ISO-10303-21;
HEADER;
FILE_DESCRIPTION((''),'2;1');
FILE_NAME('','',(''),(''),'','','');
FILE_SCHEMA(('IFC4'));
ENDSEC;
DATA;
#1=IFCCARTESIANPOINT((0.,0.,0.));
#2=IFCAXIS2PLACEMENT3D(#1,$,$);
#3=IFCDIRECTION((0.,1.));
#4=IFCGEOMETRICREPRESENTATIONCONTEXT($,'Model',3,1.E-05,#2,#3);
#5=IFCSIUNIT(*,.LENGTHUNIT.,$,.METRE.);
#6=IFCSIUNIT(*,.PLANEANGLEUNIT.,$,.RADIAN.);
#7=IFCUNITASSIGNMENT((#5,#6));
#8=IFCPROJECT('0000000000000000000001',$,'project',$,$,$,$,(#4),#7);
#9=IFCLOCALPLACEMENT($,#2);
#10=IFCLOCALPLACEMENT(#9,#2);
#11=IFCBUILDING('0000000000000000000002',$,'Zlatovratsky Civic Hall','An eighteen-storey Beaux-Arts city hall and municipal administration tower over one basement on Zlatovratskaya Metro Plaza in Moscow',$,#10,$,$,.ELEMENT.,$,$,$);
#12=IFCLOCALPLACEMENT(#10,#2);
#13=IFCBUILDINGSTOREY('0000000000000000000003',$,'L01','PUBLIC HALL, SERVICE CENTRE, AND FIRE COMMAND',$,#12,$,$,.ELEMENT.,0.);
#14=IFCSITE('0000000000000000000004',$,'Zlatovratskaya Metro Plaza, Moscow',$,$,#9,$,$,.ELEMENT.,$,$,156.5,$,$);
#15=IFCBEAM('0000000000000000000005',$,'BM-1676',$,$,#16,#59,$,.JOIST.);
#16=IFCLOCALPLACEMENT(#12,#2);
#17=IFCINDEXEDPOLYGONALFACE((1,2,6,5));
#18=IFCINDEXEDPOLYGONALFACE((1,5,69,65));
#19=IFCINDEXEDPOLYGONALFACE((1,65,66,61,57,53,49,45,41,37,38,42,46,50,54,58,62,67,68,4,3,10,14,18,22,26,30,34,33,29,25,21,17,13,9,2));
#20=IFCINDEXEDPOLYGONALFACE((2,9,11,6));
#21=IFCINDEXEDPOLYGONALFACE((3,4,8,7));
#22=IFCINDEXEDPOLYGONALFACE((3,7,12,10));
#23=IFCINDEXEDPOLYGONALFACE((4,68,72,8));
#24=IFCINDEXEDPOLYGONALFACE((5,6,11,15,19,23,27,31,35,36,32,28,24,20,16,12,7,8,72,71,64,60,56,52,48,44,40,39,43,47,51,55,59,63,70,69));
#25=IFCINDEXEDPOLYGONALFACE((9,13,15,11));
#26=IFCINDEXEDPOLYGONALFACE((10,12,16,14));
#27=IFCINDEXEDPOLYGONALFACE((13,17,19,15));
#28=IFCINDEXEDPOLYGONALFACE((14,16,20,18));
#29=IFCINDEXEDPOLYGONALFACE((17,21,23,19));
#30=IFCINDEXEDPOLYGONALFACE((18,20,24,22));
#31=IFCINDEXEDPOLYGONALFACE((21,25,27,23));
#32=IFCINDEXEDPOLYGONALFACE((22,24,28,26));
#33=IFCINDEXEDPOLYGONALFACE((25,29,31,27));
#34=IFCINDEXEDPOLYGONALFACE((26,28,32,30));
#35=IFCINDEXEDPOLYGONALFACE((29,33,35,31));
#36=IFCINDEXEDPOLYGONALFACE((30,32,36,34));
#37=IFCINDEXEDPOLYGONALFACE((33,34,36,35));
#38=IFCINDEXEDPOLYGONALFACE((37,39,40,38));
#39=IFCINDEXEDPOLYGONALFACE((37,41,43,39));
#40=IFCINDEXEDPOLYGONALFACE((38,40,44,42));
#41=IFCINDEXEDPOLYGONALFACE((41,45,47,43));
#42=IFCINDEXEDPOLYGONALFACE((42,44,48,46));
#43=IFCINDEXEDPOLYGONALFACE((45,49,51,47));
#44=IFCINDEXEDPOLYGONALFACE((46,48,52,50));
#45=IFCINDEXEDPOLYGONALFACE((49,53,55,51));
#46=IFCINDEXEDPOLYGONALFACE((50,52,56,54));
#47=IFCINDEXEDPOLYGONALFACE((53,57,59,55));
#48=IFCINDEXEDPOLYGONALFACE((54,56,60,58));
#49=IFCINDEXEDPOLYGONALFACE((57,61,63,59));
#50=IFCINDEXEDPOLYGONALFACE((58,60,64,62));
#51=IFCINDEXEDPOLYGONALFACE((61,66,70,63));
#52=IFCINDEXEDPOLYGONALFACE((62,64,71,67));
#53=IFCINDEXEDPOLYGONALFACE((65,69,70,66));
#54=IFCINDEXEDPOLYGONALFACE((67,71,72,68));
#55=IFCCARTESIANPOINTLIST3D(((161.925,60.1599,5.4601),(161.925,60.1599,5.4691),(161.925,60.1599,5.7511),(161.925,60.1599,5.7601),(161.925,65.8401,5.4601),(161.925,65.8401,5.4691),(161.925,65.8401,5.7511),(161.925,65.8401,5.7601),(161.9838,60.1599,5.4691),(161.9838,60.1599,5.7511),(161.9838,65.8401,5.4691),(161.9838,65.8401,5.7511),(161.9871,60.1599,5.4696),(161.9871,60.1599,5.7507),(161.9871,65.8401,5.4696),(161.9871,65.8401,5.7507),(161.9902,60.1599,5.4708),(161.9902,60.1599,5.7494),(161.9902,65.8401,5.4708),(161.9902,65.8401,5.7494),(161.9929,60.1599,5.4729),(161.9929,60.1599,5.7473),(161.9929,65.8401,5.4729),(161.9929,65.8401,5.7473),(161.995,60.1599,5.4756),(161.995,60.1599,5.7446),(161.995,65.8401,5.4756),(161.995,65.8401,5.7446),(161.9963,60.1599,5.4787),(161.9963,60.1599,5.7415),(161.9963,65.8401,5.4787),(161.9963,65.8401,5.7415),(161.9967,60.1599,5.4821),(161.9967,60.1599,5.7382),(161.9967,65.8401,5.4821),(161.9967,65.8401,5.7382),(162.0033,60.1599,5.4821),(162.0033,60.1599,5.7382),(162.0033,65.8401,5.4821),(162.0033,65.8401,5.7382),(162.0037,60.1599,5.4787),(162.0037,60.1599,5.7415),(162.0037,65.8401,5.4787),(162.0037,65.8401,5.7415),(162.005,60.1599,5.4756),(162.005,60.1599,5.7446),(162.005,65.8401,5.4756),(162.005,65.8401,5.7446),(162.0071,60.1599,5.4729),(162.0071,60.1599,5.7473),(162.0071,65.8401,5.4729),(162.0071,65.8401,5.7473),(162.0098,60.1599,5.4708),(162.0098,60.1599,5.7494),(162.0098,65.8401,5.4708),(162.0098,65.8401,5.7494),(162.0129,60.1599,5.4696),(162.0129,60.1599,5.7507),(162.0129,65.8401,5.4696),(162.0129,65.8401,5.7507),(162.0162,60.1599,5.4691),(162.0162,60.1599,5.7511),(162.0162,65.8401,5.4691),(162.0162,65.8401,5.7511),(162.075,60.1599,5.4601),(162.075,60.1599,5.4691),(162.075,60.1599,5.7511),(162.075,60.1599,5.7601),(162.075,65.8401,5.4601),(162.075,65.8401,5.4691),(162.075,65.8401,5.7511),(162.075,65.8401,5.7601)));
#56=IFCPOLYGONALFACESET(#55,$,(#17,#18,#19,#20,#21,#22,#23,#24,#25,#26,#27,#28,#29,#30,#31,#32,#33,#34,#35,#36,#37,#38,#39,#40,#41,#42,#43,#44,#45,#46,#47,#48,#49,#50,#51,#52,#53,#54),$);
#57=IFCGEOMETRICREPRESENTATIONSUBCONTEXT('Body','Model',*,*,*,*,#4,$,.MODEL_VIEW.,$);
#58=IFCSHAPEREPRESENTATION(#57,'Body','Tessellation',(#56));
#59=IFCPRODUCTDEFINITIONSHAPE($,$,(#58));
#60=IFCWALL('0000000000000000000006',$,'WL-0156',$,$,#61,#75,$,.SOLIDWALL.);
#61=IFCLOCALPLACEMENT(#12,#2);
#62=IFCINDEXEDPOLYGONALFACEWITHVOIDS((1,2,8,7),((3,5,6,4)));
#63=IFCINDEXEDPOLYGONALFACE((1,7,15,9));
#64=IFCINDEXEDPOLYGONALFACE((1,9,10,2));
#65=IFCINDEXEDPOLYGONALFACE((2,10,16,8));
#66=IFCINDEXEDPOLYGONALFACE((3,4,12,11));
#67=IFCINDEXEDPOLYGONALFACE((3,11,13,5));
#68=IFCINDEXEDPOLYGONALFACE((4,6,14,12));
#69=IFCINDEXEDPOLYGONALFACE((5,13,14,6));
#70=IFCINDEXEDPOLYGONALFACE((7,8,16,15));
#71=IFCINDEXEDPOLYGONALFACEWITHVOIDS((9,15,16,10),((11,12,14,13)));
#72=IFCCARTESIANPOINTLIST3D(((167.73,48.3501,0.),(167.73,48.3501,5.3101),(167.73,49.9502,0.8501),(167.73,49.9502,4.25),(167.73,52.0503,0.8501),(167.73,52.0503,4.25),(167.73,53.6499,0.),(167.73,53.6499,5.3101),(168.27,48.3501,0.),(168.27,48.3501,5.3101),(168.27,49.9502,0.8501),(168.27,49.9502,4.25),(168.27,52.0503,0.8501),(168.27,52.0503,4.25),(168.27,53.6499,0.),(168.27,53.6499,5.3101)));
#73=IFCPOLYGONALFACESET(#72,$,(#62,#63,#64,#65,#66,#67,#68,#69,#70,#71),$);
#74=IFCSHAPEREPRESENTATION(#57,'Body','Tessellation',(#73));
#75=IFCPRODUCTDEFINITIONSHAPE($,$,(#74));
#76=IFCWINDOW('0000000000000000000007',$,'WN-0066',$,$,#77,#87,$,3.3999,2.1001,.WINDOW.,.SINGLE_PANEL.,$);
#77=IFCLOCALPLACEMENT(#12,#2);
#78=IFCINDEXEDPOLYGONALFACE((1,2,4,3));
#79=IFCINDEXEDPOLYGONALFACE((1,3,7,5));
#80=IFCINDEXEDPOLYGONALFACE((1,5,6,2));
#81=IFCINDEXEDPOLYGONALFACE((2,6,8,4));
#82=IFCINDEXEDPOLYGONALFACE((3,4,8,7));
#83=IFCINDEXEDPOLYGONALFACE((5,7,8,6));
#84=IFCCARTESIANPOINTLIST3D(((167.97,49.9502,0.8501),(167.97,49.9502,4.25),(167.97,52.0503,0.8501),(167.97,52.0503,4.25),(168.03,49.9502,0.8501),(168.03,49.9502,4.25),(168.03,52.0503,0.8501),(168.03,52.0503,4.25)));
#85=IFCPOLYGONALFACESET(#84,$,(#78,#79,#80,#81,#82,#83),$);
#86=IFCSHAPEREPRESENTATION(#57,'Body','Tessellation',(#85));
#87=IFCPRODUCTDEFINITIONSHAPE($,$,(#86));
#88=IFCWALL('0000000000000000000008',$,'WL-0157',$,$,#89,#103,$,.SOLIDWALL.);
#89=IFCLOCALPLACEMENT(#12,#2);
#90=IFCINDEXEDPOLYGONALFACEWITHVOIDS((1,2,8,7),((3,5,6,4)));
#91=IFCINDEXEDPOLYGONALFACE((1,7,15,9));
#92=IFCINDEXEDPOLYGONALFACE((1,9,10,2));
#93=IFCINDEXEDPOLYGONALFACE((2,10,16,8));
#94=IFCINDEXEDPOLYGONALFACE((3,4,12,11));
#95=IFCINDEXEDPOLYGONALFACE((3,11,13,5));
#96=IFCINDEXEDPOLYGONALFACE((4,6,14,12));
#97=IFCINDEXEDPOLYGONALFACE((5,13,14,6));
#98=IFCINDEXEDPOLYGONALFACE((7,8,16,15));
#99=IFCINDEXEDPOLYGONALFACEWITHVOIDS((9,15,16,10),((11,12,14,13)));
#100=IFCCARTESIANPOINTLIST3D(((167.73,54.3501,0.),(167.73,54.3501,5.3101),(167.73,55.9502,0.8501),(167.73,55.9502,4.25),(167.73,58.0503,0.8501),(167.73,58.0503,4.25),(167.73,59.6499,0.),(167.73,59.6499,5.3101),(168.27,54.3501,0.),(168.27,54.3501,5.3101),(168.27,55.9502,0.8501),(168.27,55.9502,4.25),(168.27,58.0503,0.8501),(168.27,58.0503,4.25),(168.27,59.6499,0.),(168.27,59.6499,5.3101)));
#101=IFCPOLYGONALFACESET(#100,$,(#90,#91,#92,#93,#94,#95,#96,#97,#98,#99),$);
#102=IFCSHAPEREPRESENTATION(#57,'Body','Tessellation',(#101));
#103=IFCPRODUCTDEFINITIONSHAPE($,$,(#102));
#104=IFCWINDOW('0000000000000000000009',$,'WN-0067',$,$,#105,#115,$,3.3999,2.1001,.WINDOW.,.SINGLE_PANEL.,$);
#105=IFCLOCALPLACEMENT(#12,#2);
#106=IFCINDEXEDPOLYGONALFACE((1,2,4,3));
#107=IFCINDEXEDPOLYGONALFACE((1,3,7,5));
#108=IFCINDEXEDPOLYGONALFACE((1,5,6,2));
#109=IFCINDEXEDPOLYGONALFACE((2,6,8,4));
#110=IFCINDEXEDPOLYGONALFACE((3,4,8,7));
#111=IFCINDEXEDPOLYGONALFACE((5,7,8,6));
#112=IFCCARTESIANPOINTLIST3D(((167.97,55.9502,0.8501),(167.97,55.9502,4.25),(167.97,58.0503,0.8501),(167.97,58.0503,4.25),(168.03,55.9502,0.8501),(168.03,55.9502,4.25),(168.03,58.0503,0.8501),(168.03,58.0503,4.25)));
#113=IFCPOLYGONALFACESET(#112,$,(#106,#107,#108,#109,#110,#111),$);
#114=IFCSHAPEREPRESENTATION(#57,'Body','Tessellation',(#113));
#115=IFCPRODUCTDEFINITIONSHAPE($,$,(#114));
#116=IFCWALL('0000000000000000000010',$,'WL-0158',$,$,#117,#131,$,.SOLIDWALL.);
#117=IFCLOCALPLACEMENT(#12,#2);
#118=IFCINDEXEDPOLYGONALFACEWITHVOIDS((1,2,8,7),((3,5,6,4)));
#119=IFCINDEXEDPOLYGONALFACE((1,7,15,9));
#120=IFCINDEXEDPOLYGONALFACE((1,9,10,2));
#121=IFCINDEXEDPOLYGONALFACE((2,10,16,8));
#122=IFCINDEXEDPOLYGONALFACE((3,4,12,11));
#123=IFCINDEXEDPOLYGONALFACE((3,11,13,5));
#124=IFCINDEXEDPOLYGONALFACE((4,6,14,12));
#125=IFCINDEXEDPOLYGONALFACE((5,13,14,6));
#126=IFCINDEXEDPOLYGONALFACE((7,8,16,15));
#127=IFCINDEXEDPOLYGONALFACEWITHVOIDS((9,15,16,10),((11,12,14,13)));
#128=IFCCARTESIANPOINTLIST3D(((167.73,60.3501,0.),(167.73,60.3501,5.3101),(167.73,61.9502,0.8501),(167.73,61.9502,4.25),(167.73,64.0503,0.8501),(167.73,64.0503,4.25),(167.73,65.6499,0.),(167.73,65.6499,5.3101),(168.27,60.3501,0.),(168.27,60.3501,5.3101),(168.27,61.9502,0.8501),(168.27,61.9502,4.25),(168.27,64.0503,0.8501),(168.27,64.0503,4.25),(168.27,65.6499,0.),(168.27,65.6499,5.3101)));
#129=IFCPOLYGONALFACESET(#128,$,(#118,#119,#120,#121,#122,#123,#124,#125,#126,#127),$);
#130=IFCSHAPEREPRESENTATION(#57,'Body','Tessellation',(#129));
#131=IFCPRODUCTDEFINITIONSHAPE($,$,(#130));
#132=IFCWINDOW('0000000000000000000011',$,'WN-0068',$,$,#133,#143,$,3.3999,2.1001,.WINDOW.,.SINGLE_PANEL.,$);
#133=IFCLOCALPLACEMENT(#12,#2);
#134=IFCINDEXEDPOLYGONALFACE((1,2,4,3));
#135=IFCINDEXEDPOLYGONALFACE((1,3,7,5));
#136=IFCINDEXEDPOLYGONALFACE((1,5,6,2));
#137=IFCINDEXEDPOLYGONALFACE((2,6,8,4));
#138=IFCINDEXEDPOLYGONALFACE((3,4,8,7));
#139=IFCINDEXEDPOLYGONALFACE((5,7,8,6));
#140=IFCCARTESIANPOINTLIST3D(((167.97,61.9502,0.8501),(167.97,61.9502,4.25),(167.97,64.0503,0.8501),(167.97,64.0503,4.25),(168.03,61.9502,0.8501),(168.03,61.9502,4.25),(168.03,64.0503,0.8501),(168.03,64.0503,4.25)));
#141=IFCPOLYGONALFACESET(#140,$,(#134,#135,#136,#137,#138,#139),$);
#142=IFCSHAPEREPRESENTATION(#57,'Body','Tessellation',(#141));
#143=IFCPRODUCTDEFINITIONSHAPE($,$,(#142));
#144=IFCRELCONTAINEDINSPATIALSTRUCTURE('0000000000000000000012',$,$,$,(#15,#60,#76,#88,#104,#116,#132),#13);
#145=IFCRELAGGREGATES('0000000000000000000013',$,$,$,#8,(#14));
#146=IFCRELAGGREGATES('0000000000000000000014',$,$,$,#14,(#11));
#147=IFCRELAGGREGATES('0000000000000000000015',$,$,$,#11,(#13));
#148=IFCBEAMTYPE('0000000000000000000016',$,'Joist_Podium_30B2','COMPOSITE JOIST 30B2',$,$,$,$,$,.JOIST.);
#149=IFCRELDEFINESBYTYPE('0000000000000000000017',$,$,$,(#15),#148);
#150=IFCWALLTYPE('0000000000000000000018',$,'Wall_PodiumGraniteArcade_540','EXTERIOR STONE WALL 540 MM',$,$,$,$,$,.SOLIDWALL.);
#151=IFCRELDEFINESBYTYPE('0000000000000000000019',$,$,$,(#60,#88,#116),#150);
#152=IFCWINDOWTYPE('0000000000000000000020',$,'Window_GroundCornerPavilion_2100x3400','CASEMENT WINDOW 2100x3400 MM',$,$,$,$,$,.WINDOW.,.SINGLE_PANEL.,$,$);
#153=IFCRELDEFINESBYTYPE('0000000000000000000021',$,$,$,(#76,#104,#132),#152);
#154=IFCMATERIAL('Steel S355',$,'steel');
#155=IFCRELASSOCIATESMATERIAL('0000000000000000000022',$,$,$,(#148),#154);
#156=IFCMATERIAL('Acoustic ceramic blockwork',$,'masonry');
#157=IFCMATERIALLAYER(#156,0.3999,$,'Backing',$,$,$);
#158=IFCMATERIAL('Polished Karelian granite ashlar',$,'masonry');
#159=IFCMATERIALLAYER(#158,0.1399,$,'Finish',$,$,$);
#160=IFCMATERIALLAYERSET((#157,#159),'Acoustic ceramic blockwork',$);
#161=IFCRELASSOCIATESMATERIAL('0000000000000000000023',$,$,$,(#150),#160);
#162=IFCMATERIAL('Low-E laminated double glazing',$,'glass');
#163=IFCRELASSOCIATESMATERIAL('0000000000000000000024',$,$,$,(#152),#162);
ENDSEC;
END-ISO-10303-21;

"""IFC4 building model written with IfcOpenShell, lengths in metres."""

from ifc_helpers import new_model, si_unit, direction, frame, frame_2d, origin, origin_2d, place, context, subcontext, project, spatial, rectangle, i_section, extrude, material, layer, layer_set, material_profile, profile_set, type_object, element, fill, save


model = new_model("IFC4")

# Units and contexts
model_context = context("Model", 3, precision=1e-05, world=origin(), true_north=direction((0.0, 1.0)))
body_context = subcontext(model_context, "Body", "Model", "MODEL_VIEW")
ifc_project = project(units=[si_unit("LENGTHUNIT", "METRE"), si_unit("PLANEANGLEUNIT", "RADIAN")], contexts=[model_context])

# Site, building, storey
site_placement = place(None, origin())
site = spatial("IfcSite", under=ifc_project, at=site_placement, Name="Zlatovratskaya Metro Plaza, Moscow", CompositionType="ELEMENT", RefElevation=156.5)
building_placement = place(site_placement, origin())
building = spatial("IfcBuilding", under=site, at=building_placement, Name="Zlatovratsky Civic Hall", Description="An eighteen-storey Beaux-Arts city hall and municipal administration tower over one basement on Zlatovratskaya Metro Plaza in Moscow", CompositionType="ELEMENT")
storey_placement = place(building_placement, origin())
storey = spatial("IfcBuildingStorey", under=building, at=storey_placement, Name="L01", Description="PUBLIC HALL, SERVICE CENTRE, AND FIRE COMMAND", CompositionType="ELEMENT", Elevation=0.0)

# Shared definitions
ifc_material_1 = material(Name="Steel S355", Category="steel")

# Beam
ifc_material_profile_1 = material_profile(ifc_material_1, i_section(OverallWidth=0.1499, OverallDepth=0.3, WebThickness=0.0066, FlangeThickness=0.009, FilletRadius=0.0129, at=origin_2d()), Name="30B2")
ifc_profile_set_1 = profile_set([ifc_material_profile_1], Name="Steel S355")
beam_type_1 = type_object("IfcBeamType", Name="Joist_Podium_30B2", Description="COMPOSITE JOIST 30B2", PredefinedType="JOIST", material=ifc_profile_set_1)
for number, where, z_axis, x_axis, name in (
    (1, (162.0, 60.1599, 5.6101), (0.0, 1.0, 0.0), (-1.0, 0.0, 0.0), "BM-1676"),
):
    element("IfcBeam", number, at=place(storey_placement, frame(where, z_axis=z_axis, x_axis=x_axis)), inside=storey, type_object=beam_type_1, Name=name, PredefinedType="JOIST", context=body_context, shape_type="SweptSolid", body=[
        extrude(i_section(OverallWidth=0.1499, OverallDepth=0.3, WebThickness=0.0066, FlangeThickness=0.009, FilletRadius=0.0129, at=origin_2d()), origin(), (0.0, 0.0, 1.0), 5.6802),
    ])

# Walls, openings, windows
ifc_material_2 = material(Name="Acoustic ceramic blockwork", Category="masonry")
ifc_layer_1 = layer(ifc_material_2, 0.3999, Name="Backing")
ifc_material_3 = material(Name="Polished Karelian granite ashlar", Category="masonry")
ifc_layer_2 = layer(ifc_material_3, 0.1399, Name="Finish")
ifc_layer_set = layer_set([ifc_layer_1, ifc_layer_2], Name="Acoustic ceramic blockwork")
wall_type = type_object("IfcWallType", Name="Wall_PodiumGraniteArcade_540", Description="EXTERIOR STONE WALL 540 MM", PredefinedType="SOLIDWALL", material=ifc_layer_set)
wall_1_placement = place(storey_placement, frame((168.0, 48.3501, 0.0), z_axis=(0.0, 0.0, 1.0), x_axis=(0.0, 1.0, 0.0)))
wall_1 = element("IfcWall", 2, at=wall_1_placement, inside=storey, type_object=wall_type, Name="WL-0156", PredefinedType="SOLIDWALL", context=body_context, shape_type="SweptSolid", body=[
    extrude(rectangle(XDim=5.2998, YDim=0.54, at=frame_2d((2.6499, 0.0))), origin(), (0.0, 0.0, 1.0), 5.3101),
])
opening_1_placement = place(wall_1_placement, frame((1.6001, 0.0, 0.8501)))
opening_1 = element("IfcOpeningElement", 3, at=opening_1_placement, cuts=wall_1, PredefinedType="OPENING", context=body_context, shape_type="SweptSolid", body=[
    extrude(rectangle(XDim=2.1001, YDim=3.3999, at=frame_2d((1.05, 1.7))), frame((0.0, 0.2849, 0.0), z_axis=(0.0, -1.0, 0.0), x_axis=(1.0, 0.0, 0.0)), (0.0, 0.0, 1.0), 0.5698),
])
ifc_material_4 = material(Name="Low-E laminated double glazing", Category="glass")
window_type = type_object("IfcWindowType", Name="Window_GroundCornerPavilion_2100x3400", Description="CASEMENT WINDOW 2100x3400 MM", PartitioningType="SINGLE_PANEL", PredefinedType="WINDOW", material=ifc_material_4)
window_1_placement = place(opening_1_placement, origin())
window_1 = element("IfcWindow", 4, at=window_1_placement, inside=storey, type_object=window_type, Name="WN-0066", OverallHeight=3.3999, OverallWidth=2.1001, PartitioningType="SINGLE_PANEL", PredefinedType="WINDOW", context=body_context, shape_type="SweptSolid", body=[
    extrude(rectangle(XDim=2.1001, YDim=3.3999, at=frame_2d((1.05, 1.7))), frame((0.0, 0.03, 0.0), z_axis=(0.0, -1.0, 0.0), x_axis=(1.0, 0.0, 0.0)), (0.0, 0.0, 1.0), 0.0601),
])
fill(opening_1, window_1)
wall_2_placement = place(storey_placement, frame((168.0, 54.3501, 0.0), z_axis=(0.0, 0.0, 1.0), x_axis=(0.0, 1.0, 0.0)))
wall_2 = element("IfcWall", 5, at=wall_2_placement, inside=storey, type_object=wall_type, Name="WL-0157", PredefinedType="SOLIDWALL", context=body_context, shape_type="SweptSolid", body=[
    extrude(rectangle(XDim=5.2998, YDim=0.54, at=frame_2d((2.6499, 0.0))), origin(), (0.0, 0.0, 1.0), 5.3101),
])
opening_2_placement = place(wall_2_placement, frame((1.6001, 0.0, 0.8501)))
opening_2 = element("IfcOpeningElement", 6, at=opening_2_placement, cuts=wall_2, PredefinedType="OPENING", context=body_context, shape_type="SweptSolid", body=[
    extrude(rectangle(XDim=2.1001, YDim=3.3999, at=frame_2d((1.05, 1.7))), frame((0.0, 0.2849, 0.0), z_axis=(0.0, -1.0, 0.0), x_axis=(1.0, 0.0, 0.0)), (0.0, 0.0, 1.0), 0.5698),
])
window_2_placement = place(opening_2_placement, origin())
window_2 = element("IfcWindow", 7, at=window_2_placement, inside=storey, type_object=window_type, Name="WN-0067", OverallHeight=3.3999, OverallWidth=2.1001, PartitioningType="SINGLE_PANEL", PredefinedType="WINDOW", context=body_context, shape_type="SweptSolid", body=[
    extrude(rectangle(XDim=2.1001, YDim=3.3999, at=frame_2d((1.05, 1.7))), frame((0.0, 0.03, 0.0), z_axis=(0.0, -1.0, 0.0), x_axis=(1.0, 0.0, 0.0)), (0.0, 0.0, 1.0), 0.0601),
])
fill(opening_2, window_2)
wall_3_placement = place(storey_placement, frame((168.0, 60.3501, 0.0), z_axis=(0.0, 0.0, 1.0), x_axis=(0.0, 1.0, 0.0)))
wall_3 = element("IfcWall", 8, at=wall_3_placement, inside=storey, type_object=wall_type, Name="WL-0158", PredefinedType="SOLIDWALL", context=body_context, shape_type="SweptSolid", body=[
    extrude(rectangle(XDim=5.2998, YDim=0.54, at=frame_2d((2.6499, 0.0))), origin(), (0.0, 0.0, 1.0), 5.3101),
])
opening_3_placement = place(wall_3_placement, frame((1.6001, 0.0, 0.8501)))
opening_3 = element("IfcOpeningElement", 9, at=opening_3_placement, cuts=wall_3, PredefinedType="OPENING", context=body_context, shape_type="SweptSolid", body=[
    extrude(rectangle(XDim=2.1001, YDim=3.3999, at=frame_2d((1.05, 1.7))), frame((0.0, 0.2849, 0.0), z_axis=(0.0, -1.0, 0.0), x_axis=(1.0, 0.0, 0.0)), (0.0, 0.0, 1.0), 0.5698),
])
window_3_placement = place(opening_3_placement, origin())
window_3 = element("IfcWindow", 10, at=window_3_placement, inside=storey, type_object=window_type, Name="WN-0068", OverallHeight=3.3999, OverallWidth=2.1001, PartitioningType="SINGLE_PANEL", PredefinedType="WINDOW", context=body_context, shape_type="SweptSolid", body=[
    extrude(rectangle(XDim=2.1001, YDim=3.3999, at=frame_2d((1.05, 1.7))), frame((0.0, 0.03, 0.0), z_axis=(0.0, -1.0, 0.0), x_axis=(1.0, 0.0, 0.0)), (0.0, 0.0, 1.0), 0.0601),
])
fill(opening_3, window_3)

save(model, "model.ifc")
